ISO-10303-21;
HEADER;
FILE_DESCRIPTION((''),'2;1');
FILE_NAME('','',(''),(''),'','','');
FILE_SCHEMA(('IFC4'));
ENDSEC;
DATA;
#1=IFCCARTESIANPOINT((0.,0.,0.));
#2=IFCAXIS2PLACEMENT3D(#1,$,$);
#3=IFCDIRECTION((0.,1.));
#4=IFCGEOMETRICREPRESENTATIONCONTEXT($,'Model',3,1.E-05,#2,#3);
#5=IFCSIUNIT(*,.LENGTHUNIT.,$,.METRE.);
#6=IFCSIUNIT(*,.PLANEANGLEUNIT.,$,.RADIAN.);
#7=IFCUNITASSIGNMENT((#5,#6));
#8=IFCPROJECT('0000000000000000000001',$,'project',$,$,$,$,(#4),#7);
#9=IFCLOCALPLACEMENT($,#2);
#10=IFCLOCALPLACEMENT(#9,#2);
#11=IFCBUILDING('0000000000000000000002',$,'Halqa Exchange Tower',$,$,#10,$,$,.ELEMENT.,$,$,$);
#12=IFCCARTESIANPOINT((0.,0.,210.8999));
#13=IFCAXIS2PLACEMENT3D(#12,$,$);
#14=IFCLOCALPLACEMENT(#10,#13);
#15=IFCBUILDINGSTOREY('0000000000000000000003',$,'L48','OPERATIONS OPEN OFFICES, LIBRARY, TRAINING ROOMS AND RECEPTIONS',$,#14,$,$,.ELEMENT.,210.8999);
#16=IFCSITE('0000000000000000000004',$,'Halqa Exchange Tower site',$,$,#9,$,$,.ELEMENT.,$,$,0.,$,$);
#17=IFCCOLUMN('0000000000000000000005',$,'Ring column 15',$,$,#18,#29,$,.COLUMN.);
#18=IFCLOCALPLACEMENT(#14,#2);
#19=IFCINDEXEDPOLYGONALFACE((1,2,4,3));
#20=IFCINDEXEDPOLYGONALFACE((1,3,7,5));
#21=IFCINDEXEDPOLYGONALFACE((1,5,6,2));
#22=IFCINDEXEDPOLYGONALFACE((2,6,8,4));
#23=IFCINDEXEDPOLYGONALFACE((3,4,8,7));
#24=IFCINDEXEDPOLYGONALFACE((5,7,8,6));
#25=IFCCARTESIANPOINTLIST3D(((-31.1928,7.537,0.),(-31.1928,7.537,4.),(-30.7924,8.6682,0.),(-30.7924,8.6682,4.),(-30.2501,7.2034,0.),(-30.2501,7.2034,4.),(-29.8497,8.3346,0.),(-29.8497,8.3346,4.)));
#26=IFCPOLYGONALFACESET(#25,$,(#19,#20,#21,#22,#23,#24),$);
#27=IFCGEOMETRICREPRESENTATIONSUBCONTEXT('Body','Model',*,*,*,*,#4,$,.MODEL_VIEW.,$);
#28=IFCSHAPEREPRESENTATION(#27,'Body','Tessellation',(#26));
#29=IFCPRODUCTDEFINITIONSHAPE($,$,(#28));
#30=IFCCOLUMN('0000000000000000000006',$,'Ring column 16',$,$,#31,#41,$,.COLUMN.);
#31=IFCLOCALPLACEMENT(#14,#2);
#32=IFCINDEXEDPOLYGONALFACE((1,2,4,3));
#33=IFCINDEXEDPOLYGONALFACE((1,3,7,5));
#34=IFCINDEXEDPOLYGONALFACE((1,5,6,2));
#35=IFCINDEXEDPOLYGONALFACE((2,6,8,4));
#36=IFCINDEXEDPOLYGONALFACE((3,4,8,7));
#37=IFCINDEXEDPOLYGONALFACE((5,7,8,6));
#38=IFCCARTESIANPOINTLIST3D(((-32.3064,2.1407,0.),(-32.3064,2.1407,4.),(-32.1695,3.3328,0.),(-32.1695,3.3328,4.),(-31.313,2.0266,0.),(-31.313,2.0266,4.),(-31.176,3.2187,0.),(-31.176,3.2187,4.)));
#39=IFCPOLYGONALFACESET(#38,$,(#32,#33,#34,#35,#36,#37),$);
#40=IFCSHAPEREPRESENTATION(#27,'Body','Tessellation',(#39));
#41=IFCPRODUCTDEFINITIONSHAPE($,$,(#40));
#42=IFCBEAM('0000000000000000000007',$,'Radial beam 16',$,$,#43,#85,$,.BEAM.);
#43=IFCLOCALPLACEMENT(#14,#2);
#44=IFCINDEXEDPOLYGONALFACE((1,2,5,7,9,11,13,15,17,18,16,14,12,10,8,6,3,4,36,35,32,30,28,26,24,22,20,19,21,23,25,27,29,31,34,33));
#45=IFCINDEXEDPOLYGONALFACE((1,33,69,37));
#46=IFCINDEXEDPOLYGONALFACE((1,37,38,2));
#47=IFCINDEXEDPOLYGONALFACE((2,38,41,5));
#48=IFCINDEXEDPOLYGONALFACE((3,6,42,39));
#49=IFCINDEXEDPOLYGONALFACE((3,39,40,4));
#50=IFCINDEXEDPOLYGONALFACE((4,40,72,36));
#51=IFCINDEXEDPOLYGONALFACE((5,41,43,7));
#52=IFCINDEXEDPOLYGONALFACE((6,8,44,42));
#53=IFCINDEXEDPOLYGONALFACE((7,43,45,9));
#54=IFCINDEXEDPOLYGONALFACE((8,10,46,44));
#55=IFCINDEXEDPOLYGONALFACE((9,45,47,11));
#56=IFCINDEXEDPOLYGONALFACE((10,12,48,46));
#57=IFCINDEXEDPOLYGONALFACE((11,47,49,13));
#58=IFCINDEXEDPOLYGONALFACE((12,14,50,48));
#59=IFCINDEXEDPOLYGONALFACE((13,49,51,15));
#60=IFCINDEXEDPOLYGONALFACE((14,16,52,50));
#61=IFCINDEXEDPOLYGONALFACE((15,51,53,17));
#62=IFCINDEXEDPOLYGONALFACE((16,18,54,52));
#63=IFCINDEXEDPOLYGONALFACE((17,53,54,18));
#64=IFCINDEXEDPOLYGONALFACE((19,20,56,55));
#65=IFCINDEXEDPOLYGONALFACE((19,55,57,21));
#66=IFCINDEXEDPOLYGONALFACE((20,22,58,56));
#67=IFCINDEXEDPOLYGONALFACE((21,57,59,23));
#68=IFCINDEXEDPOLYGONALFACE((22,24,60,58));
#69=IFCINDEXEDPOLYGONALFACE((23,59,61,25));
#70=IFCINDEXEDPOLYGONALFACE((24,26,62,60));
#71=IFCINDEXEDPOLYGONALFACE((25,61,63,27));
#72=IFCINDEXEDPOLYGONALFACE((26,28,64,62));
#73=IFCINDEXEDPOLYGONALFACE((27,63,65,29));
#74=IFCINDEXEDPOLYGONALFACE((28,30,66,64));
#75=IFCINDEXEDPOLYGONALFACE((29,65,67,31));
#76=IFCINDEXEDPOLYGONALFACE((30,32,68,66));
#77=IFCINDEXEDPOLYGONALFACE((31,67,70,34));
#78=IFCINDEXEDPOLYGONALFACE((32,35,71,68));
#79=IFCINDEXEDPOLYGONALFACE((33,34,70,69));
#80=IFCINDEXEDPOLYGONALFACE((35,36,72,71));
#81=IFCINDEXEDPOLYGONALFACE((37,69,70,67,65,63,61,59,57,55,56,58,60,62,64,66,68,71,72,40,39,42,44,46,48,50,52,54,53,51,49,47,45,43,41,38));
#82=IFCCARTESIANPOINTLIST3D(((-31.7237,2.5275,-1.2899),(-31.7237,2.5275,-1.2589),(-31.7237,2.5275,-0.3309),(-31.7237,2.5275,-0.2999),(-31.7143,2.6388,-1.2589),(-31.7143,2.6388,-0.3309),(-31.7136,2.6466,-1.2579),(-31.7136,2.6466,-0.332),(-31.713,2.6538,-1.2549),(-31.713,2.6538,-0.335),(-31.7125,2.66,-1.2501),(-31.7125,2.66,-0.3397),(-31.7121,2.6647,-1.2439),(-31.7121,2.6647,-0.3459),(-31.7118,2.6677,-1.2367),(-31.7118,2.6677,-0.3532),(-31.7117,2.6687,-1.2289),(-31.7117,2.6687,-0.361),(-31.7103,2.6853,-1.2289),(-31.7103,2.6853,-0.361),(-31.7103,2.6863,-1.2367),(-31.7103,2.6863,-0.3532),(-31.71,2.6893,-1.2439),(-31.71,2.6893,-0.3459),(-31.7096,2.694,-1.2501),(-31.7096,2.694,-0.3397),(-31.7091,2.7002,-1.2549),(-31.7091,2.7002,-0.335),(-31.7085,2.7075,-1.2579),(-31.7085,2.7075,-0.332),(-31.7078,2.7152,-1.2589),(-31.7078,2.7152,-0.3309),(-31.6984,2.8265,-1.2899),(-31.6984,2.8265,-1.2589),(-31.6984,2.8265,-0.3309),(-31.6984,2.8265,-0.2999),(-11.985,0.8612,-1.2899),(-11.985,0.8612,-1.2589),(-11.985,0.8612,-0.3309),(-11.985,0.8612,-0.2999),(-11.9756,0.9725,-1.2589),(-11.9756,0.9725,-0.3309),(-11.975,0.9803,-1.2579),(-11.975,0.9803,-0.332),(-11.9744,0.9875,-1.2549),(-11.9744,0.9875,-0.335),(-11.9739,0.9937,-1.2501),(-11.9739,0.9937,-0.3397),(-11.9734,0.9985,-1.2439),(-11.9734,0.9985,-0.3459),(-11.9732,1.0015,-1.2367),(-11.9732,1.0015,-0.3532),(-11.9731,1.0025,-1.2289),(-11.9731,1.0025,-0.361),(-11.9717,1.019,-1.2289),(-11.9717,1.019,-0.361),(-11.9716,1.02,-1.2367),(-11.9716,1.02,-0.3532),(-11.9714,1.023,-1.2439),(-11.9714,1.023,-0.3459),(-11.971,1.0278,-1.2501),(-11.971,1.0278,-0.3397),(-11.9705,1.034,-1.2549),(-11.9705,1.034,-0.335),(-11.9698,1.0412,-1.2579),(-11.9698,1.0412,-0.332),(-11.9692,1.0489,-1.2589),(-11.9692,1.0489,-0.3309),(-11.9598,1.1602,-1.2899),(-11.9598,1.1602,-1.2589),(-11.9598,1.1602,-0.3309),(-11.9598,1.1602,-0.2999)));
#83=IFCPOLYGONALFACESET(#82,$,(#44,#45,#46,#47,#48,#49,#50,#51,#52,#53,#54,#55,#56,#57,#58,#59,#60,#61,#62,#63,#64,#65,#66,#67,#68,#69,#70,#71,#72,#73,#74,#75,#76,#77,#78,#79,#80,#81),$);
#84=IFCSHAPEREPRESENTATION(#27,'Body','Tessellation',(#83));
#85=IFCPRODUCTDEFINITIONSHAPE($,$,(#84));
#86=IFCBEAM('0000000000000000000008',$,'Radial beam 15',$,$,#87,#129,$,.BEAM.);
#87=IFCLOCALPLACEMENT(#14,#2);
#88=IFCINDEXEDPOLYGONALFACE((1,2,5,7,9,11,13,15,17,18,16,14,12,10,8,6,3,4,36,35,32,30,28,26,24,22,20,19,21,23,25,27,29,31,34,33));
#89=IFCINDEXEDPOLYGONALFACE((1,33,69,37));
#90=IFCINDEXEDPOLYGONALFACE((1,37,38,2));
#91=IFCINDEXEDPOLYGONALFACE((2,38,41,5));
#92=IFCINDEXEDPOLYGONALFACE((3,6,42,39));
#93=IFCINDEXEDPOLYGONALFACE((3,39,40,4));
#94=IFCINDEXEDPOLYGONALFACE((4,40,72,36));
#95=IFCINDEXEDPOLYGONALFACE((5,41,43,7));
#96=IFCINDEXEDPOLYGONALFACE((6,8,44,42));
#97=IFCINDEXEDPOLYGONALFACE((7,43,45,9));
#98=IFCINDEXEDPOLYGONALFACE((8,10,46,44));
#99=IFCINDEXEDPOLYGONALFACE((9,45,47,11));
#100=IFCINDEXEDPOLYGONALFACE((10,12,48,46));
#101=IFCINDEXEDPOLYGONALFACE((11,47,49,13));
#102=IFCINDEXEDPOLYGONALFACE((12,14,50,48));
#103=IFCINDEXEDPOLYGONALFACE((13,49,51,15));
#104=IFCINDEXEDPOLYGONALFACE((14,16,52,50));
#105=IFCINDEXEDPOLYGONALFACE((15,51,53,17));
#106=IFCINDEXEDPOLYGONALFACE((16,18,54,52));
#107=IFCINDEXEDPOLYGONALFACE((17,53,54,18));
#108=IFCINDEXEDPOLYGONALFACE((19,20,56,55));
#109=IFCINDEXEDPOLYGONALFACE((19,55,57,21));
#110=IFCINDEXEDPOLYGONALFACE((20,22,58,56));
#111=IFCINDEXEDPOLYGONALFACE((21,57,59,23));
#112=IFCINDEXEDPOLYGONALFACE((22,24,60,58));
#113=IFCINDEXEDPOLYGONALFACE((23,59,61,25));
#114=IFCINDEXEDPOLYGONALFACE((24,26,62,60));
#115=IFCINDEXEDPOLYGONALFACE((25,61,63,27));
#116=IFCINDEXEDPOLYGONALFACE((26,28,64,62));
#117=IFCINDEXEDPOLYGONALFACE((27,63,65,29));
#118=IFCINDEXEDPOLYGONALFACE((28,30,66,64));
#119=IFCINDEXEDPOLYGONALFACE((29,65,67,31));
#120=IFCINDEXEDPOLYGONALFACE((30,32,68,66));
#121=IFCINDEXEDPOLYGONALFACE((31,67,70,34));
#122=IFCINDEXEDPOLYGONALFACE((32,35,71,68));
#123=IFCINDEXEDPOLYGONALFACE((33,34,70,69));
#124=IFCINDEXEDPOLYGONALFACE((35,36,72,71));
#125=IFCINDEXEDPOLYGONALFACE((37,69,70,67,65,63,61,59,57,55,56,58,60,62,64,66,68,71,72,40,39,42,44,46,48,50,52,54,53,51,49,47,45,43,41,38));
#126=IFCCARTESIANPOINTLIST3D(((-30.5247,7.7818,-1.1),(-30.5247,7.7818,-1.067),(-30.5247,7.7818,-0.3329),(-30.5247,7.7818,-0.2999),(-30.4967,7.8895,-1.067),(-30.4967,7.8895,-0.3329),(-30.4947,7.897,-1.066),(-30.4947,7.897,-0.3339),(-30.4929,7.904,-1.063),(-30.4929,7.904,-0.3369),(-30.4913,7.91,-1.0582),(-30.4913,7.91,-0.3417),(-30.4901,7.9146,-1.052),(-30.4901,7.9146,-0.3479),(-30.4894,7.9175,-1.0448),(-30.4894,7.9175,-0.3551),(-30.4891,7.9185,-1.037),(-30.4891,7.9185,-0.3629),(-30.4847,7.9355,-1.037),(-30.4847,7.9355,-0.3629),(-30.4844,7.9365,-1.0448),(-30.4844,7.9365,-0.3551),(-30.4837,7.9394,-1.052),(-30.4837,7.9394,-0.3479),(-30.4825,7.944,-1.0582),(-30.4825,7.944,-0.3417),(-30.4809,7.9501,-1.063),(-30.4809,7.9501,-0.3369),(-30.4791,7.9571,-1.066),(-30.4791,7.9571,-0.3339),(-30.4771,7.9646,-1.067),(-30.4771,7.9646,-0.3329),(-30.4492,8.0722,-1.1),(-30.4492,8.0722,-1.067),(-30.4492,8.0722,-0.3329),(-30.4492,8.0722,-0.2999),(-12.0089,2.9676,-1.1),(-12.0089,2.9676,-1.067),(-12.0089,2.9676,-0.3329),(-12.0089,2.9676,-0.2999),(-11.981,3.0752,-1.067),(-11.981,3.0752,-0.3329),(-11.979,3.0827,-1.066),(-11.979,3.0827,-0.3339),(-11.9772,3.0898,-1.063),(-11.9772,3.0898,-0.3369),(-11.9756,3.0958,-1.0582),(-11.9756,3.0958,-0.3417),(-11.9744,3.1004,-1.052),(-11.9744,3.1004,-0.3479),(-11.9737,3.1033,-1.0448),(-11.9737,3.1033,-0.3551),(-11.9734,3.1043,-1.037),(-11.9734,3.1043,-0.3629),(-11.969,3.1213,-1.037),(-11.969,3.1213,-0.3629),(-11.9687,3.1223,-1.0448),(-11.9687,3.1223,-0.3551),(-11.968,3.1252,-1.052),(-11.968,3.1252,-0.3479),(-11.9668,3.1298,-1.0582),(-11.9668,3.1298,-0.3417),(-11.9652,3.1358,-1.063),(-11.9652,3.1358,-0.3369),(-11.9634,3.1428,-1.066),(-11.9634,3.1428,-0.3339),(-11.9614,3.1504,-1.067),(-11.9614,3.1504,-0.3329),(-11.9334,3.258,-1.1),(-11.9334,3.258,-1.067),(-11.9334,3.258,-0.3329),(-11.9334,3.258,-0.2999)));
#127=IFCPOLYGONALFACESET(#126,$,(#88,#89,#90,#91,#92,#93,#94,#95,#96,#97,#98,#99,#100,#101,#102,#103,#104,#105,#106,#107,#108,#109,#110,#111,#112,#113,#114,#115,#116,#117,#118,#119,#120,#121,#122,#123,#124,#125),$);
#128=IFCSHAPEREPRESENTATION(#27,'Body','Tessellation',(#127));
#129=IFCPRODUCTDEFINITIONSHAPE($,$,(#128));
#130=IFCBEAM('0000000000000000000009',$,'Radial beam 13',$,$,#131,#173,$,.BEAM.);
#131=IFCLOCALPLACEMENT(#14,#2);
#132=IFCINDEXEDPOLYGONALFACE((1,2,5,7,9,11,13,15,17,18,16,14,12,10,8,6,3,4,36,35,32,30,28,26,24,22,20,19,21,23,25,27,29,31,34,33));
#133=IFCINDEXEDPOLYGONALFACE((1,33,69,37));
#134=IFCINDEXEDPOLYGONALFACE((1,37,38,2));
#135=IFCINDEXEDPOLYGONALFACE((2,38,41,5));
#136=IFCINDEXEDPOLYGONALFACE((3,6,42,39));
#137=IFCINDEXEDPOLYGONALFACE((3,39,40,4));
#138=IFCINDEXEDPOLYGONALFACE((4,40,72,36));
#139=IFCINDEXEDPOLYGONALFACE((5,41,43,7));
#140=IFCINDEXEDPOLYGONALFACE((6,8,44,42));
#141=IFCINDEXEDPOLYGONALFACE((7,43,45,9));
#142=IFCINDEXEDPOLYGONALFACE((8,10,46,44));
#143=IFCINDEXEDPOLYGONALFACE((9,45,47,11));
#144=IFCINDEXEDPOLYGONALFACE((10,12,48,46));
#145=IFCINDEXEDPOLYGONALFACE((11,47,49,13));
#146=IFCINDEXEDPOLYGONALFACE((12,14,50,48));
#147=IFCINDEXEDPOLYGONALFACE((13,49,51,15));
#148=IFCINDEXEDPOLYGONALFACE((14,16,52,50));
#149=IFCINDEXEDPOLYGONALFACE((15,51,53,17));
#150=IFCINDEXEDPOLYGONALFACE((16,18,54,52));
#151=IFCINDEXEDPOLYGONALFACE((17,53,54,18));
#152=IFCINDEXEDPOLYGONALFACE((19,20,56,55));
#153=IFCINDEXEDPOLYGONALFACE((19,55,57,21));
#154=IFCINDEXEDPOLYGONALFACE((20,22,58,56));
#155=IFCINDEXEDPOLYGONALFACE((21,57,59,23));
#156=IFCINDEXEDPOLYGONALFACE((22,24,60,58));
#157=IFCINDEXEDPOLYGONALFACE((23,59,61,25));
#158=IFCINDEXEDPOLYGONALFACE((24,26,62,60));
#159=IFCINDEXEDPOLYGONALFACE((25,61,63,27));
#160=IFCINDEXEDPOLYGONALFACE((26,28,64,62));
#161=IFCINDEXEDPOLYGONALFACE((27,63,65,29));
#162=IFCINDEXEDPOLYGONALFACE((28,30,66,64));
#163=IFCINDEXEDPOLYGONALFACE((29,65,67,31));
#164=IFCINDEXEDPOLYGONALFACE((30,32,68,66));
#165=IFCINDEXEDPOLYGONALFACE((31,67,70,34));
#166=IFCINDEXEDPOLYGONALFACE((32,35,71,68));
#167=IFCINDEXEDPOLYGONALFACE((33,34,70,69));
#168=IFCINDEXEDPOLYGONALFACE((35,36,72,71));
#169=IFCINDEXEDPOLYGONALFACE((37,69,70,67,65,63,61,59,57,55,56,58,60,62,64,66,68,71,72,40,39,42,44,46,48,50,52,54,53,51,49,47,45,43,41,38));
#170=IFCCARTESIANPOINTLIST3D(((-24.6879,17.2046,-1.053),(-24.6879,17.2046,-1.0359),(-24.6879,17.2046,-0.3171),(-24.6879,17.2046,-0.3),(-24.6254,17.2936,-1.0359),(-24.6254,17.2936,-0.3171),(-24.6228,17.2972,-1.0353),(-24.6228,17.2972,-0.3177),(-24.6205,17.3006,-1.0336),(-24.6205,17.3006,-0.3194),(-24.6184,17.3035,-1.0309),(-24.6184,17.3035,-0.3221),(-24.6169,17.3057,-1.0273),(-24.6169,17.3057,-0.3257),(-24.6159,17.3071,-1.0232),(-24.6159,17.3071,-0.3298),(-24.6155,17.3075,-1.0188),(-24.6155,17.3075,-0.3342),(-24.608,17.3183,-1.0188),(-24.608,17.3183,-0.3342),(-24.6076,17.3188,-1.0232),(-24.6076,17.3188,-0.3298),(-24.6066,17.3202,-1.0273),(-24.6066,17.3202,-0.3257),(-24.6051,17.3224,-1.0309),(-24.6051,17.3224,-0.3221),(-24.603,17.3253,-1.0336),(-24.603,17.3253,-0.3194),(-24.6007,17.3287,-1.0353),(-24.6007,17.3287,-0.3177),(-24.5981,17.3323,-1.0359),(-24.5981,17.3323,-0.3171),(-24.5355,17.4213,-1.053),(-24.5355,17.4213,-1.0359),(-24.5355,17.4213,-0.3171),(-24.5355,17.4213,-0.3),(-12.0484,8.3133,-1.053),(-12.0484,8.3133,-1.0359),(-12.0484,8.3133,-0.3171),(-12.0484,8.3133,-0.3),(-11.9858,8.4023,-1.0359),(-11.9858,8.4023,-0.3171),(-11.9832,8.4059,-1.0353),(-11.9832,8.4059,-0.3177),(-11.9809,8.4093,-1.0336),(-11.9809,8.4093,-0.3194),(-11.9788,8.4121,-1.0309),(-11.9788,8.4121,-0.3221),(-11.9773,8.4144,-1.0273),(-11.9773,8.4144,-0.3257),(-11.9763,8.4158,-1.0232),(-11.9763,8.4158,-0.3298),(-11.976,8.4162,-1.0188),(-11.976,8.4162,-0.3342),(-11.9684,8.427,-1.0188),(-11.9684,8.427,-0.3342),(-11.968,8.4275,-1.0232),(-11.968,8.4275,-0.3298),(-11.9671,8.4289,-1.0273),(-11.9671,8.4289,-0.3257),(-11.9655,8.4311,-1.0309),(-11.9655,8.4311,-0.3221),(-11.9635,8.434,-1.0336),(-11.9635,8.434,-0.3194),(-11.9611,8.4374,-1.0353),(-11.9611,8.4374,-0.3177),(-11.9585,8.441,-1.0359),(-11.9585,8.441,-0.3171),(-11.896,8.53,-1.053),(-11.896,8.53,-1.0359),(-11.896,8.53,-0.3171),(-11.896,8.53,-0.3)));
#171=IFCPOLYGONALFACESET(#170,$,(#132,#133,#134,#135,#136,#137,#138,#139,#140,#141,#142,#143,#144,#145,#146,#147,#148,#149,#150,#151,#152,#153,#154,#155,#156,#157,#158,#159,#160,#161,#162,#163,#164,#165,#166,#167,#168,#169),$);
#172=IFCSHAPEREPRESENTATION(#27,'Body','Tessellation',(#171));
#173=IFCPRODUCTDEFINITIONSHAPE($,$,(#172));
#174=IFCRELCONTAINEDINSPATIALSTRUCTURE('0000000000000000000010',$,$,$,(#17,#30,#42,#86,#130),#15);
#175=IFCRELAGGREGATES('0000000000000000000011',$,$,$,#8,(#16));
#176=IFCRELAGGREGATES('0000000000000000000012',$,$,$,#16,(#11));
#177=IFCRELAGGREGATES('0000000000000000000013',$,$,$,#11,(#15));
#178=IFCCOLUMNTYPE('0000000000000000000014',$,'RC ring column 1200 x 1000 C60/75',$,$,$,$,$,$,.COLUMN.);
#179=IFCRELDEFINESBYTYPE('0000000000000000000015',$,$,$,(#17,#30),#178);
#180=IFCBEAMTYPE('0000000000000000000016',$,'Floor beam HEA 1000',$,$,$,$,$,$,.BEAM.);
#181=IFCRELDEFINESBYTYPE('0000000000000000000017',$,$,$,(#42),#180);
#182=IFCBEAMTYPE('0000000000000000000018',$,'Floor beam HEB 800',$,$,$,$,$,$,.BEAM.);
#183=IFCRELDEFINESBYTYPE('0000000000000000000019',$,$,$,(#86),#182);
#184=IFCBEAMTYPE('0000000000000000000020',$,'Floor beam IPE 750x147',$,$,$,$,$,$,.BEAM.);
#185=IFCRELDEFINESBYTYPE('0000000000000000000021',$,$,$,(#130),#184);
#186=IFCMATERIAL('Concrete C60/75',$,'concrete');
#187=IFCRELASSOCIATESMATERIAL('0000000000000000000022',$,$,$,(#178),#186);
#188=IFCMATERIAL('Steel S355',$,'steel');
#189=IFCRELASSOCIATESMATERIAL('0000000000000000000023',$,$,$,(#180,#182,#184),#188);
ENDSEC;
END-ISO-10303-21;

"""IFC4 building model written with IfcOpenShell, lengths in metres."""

from ifc_helpers import new_model, si_unit, direction, frame, origin, origin_2d, place, context, subcontext, project, spatial, rectangle, i_section, extrude, material, material_profile, profile_set, type_object, element, save


model = new_model("IFC4")

# Units and contexts
model_context = context("Model", 3, precision=1e-05, world=origin(), true_north=direction((0.0, 1.0)))
body_context = subcontext(model_context, "Body", "Model", "MODEL_VIEW")
ifc_project = project(units=[si_unit("LENGTHUNIT", "METRE"), si_unit("PLANEANGLEUNIT", "RADIAN")], contexts=[model_context])

# Site, building, storey
site_placement = place(None, origin())
site = spatial("IfcSite", under=ifc_project, at=site_placement, Name="Halqa Exchange Tower site", CompositionType="ELEMENT", RefElevation=0.0)
building_placement = place(site_placement, origin())
building = spatial("IfcBuilding", under=site, at=building_placement, Name="Halqa Exchange Tower", CompositionType="ELEMENT")
storey_placement = place(building_placement, frame((0.0, 0.0, 210.8999)))
storey = spatial("IfcBuildingStorey", under=building, at=storey_placement, Name="L48", Description="OPERATIONS OPEN OFFICES, LIBRARY, TRAINING ROOMS AND RECEPTIONS", CompositionType="ELEMENT", Elevation=210.8999)

# Columns
ifc_material_1 = material(Name="Concrete C60/75", Category="concrete")
ifc_material_profile_1 = material_profile(ifc_material_1, rectangle(XDim=1.2, YDim=1.0, at=origin_2d()), Name="1200 x 1000")
ifc_profile_set_1 = profile_set([ifc_material_profile_1], Name="Concrete C60/75")
column_type = type_object("IfcColumnType", Name="RC ring column 1200 x 1000 C60/75", PredefinedType="COLUMN", material=ifc_profile_set_1)
for number, where, z_axis, x_axis, name in (
    (1, (-30.5212, 7.9358, 0.0), (0.0, 0.0, 1.0), (-0.333626, -0.942706, 0.0), "Ring column 15"),
    (2, (-31.7412, 2.6797, 0.0), (0.0, 0.0, 1.0), (-0.114157, -0.993463, 0.0), "Ring column 16"),
):
    element("IfcColumn", number, at=place(storey_placement, frame(where, z_axis=z_axis, x_axis=x_axis)), inside=storey, type_object=column_type, Name=name, PredefinedType="COLUMN", context=body_context, shape_type="SweptSolid", body=[
        extrude(rectangle(XDim=1.2, YDim=1.0, at=origin_2d()), origin(), (0.0, 0.0, 1.0), 4.0),
    ])

# Beams
ifc_material_2 = material(Name="Steel S355", Category="steel")
ifc_material_profile_2 = material_profile(ifc_material_2, i_section(OverallWidth=0.3, OverallDepth=0.99, WebThickness=0.0166, FlangeThickness=0.031, FilletRadius=0.03, at=origin_2d()), Name="HEA 1000")
ifc_profile_set_2 = profile_set([ifc_material_profile_2], Name="Steel S355")
beam_type_1 = type_object("IfcBeamType", Name="Floor beam HEA 1000", PredefinedType="BEAM", material=ifc_profile_set_2)
beam_1_placement = place(storey_placement, frame((-11.9724, 1.0107, -0.7949), z_axis=(-0.996456, 0.084117, 0.0), x_axis=(-0.084117, -0.996456, 0.0)))
element("IfcBeam", 3, at=beam_1_placement, inside=storey, type_object=beam_type_1, Name="Radial beam 16", PredefinedType="BEAM", context=body_context, shape_type="SweptSolid", body=[
    extrude(i_section(OverallWidth=0.3, OverallDepth=0.99, WebThickness=0.0166, FlangeThickness=0.031, FilletRadius=0.03, at=origin_2d()), origin(), (0.0, 0.0, 1.0), 19.8088),
])
ifc_material_profile_3 = material_profile(ifc_material_2, i_section(OverallWidth=0.3, OverallDepth=0.8, WebThickness=0.0176, FlangeThickness=0.033, FilletRadius=0.03, at=origin_2d()), Name="HEB 800")
ifc_profile_set_3 = profile_set([ifc_material_profile_3], Name="Steel S355")
beam_type_2 = type_object("IfcBeamType", Name="Floor beam HEB 800", PredefinedType="BEAM", material=ifc_profile_set_3)
beam_2_placement = place(storey_placement, frame((-11.9712, 3.1128, -0.7), z_axis=(-0.967821, 0.251641, 0.0), x_axis=(-0.251641, -0.967821, 0.0)))
element("IfcBeam", 4, at=beam_2_placement, inside=storey, type_object=beam_type_2, Name="Radial beam 15", PredefinedType="BEAM", context=body_context, shape_type="SweptSolid", body=[
    extrude(i_section(OverallWidth=0.3, OverallDepth=0.8, WebThickness=0.0176, FlangeThickness=0.033, FilletRadius=0.03, at=origin_2d()), origin(), (0.0, 0.0, 1.0), 19.1313),
])
ifc_material_profile_4 = material_profile(ifc_material_2, i_section(OverallWidth=0.2649, OverallDepth=0.7529, WebThickness=0.0132, FlangeThickness=0.0171, FilletRadius=0.0171, at=origin_2d()), Name="IPE 750x147")
ifc_profile_set_4 = profile_set([ifc_material_profile_4], Name="Steel S355")
beam_type_3 = type_object("IfcBeamType", Name="Floor beam IPE 750x147", PredefinedType="BEAM", material=ifc_profile_set_4)
beam_3_placement = place(storey_placement, frame((-11.9722, 8.4216, -0.6765), z_axis=(-0.817904, 0.575354, 0.0), x_axis=(-0.575354, -0.817904, 0.0)))
element("IfcBeam", 5, at=beam_3_placement, inside=storey, type_object=beam_type_3, Name="Radial beam 13", PredefinedType="BEAM", context=body_context, shape_type="SweptSolid", body=[
    extrude(i_section(OverallWidth=0.2649, OverallDepth=0.7529, WebThickness=0.0132, FlangeThickness=0.0171, FilletRadius=0.0171, at=origin_2d()), origin(), (0.0, 0.0, 1.0), 15.4536),
])

save(model, "model.ifc")
